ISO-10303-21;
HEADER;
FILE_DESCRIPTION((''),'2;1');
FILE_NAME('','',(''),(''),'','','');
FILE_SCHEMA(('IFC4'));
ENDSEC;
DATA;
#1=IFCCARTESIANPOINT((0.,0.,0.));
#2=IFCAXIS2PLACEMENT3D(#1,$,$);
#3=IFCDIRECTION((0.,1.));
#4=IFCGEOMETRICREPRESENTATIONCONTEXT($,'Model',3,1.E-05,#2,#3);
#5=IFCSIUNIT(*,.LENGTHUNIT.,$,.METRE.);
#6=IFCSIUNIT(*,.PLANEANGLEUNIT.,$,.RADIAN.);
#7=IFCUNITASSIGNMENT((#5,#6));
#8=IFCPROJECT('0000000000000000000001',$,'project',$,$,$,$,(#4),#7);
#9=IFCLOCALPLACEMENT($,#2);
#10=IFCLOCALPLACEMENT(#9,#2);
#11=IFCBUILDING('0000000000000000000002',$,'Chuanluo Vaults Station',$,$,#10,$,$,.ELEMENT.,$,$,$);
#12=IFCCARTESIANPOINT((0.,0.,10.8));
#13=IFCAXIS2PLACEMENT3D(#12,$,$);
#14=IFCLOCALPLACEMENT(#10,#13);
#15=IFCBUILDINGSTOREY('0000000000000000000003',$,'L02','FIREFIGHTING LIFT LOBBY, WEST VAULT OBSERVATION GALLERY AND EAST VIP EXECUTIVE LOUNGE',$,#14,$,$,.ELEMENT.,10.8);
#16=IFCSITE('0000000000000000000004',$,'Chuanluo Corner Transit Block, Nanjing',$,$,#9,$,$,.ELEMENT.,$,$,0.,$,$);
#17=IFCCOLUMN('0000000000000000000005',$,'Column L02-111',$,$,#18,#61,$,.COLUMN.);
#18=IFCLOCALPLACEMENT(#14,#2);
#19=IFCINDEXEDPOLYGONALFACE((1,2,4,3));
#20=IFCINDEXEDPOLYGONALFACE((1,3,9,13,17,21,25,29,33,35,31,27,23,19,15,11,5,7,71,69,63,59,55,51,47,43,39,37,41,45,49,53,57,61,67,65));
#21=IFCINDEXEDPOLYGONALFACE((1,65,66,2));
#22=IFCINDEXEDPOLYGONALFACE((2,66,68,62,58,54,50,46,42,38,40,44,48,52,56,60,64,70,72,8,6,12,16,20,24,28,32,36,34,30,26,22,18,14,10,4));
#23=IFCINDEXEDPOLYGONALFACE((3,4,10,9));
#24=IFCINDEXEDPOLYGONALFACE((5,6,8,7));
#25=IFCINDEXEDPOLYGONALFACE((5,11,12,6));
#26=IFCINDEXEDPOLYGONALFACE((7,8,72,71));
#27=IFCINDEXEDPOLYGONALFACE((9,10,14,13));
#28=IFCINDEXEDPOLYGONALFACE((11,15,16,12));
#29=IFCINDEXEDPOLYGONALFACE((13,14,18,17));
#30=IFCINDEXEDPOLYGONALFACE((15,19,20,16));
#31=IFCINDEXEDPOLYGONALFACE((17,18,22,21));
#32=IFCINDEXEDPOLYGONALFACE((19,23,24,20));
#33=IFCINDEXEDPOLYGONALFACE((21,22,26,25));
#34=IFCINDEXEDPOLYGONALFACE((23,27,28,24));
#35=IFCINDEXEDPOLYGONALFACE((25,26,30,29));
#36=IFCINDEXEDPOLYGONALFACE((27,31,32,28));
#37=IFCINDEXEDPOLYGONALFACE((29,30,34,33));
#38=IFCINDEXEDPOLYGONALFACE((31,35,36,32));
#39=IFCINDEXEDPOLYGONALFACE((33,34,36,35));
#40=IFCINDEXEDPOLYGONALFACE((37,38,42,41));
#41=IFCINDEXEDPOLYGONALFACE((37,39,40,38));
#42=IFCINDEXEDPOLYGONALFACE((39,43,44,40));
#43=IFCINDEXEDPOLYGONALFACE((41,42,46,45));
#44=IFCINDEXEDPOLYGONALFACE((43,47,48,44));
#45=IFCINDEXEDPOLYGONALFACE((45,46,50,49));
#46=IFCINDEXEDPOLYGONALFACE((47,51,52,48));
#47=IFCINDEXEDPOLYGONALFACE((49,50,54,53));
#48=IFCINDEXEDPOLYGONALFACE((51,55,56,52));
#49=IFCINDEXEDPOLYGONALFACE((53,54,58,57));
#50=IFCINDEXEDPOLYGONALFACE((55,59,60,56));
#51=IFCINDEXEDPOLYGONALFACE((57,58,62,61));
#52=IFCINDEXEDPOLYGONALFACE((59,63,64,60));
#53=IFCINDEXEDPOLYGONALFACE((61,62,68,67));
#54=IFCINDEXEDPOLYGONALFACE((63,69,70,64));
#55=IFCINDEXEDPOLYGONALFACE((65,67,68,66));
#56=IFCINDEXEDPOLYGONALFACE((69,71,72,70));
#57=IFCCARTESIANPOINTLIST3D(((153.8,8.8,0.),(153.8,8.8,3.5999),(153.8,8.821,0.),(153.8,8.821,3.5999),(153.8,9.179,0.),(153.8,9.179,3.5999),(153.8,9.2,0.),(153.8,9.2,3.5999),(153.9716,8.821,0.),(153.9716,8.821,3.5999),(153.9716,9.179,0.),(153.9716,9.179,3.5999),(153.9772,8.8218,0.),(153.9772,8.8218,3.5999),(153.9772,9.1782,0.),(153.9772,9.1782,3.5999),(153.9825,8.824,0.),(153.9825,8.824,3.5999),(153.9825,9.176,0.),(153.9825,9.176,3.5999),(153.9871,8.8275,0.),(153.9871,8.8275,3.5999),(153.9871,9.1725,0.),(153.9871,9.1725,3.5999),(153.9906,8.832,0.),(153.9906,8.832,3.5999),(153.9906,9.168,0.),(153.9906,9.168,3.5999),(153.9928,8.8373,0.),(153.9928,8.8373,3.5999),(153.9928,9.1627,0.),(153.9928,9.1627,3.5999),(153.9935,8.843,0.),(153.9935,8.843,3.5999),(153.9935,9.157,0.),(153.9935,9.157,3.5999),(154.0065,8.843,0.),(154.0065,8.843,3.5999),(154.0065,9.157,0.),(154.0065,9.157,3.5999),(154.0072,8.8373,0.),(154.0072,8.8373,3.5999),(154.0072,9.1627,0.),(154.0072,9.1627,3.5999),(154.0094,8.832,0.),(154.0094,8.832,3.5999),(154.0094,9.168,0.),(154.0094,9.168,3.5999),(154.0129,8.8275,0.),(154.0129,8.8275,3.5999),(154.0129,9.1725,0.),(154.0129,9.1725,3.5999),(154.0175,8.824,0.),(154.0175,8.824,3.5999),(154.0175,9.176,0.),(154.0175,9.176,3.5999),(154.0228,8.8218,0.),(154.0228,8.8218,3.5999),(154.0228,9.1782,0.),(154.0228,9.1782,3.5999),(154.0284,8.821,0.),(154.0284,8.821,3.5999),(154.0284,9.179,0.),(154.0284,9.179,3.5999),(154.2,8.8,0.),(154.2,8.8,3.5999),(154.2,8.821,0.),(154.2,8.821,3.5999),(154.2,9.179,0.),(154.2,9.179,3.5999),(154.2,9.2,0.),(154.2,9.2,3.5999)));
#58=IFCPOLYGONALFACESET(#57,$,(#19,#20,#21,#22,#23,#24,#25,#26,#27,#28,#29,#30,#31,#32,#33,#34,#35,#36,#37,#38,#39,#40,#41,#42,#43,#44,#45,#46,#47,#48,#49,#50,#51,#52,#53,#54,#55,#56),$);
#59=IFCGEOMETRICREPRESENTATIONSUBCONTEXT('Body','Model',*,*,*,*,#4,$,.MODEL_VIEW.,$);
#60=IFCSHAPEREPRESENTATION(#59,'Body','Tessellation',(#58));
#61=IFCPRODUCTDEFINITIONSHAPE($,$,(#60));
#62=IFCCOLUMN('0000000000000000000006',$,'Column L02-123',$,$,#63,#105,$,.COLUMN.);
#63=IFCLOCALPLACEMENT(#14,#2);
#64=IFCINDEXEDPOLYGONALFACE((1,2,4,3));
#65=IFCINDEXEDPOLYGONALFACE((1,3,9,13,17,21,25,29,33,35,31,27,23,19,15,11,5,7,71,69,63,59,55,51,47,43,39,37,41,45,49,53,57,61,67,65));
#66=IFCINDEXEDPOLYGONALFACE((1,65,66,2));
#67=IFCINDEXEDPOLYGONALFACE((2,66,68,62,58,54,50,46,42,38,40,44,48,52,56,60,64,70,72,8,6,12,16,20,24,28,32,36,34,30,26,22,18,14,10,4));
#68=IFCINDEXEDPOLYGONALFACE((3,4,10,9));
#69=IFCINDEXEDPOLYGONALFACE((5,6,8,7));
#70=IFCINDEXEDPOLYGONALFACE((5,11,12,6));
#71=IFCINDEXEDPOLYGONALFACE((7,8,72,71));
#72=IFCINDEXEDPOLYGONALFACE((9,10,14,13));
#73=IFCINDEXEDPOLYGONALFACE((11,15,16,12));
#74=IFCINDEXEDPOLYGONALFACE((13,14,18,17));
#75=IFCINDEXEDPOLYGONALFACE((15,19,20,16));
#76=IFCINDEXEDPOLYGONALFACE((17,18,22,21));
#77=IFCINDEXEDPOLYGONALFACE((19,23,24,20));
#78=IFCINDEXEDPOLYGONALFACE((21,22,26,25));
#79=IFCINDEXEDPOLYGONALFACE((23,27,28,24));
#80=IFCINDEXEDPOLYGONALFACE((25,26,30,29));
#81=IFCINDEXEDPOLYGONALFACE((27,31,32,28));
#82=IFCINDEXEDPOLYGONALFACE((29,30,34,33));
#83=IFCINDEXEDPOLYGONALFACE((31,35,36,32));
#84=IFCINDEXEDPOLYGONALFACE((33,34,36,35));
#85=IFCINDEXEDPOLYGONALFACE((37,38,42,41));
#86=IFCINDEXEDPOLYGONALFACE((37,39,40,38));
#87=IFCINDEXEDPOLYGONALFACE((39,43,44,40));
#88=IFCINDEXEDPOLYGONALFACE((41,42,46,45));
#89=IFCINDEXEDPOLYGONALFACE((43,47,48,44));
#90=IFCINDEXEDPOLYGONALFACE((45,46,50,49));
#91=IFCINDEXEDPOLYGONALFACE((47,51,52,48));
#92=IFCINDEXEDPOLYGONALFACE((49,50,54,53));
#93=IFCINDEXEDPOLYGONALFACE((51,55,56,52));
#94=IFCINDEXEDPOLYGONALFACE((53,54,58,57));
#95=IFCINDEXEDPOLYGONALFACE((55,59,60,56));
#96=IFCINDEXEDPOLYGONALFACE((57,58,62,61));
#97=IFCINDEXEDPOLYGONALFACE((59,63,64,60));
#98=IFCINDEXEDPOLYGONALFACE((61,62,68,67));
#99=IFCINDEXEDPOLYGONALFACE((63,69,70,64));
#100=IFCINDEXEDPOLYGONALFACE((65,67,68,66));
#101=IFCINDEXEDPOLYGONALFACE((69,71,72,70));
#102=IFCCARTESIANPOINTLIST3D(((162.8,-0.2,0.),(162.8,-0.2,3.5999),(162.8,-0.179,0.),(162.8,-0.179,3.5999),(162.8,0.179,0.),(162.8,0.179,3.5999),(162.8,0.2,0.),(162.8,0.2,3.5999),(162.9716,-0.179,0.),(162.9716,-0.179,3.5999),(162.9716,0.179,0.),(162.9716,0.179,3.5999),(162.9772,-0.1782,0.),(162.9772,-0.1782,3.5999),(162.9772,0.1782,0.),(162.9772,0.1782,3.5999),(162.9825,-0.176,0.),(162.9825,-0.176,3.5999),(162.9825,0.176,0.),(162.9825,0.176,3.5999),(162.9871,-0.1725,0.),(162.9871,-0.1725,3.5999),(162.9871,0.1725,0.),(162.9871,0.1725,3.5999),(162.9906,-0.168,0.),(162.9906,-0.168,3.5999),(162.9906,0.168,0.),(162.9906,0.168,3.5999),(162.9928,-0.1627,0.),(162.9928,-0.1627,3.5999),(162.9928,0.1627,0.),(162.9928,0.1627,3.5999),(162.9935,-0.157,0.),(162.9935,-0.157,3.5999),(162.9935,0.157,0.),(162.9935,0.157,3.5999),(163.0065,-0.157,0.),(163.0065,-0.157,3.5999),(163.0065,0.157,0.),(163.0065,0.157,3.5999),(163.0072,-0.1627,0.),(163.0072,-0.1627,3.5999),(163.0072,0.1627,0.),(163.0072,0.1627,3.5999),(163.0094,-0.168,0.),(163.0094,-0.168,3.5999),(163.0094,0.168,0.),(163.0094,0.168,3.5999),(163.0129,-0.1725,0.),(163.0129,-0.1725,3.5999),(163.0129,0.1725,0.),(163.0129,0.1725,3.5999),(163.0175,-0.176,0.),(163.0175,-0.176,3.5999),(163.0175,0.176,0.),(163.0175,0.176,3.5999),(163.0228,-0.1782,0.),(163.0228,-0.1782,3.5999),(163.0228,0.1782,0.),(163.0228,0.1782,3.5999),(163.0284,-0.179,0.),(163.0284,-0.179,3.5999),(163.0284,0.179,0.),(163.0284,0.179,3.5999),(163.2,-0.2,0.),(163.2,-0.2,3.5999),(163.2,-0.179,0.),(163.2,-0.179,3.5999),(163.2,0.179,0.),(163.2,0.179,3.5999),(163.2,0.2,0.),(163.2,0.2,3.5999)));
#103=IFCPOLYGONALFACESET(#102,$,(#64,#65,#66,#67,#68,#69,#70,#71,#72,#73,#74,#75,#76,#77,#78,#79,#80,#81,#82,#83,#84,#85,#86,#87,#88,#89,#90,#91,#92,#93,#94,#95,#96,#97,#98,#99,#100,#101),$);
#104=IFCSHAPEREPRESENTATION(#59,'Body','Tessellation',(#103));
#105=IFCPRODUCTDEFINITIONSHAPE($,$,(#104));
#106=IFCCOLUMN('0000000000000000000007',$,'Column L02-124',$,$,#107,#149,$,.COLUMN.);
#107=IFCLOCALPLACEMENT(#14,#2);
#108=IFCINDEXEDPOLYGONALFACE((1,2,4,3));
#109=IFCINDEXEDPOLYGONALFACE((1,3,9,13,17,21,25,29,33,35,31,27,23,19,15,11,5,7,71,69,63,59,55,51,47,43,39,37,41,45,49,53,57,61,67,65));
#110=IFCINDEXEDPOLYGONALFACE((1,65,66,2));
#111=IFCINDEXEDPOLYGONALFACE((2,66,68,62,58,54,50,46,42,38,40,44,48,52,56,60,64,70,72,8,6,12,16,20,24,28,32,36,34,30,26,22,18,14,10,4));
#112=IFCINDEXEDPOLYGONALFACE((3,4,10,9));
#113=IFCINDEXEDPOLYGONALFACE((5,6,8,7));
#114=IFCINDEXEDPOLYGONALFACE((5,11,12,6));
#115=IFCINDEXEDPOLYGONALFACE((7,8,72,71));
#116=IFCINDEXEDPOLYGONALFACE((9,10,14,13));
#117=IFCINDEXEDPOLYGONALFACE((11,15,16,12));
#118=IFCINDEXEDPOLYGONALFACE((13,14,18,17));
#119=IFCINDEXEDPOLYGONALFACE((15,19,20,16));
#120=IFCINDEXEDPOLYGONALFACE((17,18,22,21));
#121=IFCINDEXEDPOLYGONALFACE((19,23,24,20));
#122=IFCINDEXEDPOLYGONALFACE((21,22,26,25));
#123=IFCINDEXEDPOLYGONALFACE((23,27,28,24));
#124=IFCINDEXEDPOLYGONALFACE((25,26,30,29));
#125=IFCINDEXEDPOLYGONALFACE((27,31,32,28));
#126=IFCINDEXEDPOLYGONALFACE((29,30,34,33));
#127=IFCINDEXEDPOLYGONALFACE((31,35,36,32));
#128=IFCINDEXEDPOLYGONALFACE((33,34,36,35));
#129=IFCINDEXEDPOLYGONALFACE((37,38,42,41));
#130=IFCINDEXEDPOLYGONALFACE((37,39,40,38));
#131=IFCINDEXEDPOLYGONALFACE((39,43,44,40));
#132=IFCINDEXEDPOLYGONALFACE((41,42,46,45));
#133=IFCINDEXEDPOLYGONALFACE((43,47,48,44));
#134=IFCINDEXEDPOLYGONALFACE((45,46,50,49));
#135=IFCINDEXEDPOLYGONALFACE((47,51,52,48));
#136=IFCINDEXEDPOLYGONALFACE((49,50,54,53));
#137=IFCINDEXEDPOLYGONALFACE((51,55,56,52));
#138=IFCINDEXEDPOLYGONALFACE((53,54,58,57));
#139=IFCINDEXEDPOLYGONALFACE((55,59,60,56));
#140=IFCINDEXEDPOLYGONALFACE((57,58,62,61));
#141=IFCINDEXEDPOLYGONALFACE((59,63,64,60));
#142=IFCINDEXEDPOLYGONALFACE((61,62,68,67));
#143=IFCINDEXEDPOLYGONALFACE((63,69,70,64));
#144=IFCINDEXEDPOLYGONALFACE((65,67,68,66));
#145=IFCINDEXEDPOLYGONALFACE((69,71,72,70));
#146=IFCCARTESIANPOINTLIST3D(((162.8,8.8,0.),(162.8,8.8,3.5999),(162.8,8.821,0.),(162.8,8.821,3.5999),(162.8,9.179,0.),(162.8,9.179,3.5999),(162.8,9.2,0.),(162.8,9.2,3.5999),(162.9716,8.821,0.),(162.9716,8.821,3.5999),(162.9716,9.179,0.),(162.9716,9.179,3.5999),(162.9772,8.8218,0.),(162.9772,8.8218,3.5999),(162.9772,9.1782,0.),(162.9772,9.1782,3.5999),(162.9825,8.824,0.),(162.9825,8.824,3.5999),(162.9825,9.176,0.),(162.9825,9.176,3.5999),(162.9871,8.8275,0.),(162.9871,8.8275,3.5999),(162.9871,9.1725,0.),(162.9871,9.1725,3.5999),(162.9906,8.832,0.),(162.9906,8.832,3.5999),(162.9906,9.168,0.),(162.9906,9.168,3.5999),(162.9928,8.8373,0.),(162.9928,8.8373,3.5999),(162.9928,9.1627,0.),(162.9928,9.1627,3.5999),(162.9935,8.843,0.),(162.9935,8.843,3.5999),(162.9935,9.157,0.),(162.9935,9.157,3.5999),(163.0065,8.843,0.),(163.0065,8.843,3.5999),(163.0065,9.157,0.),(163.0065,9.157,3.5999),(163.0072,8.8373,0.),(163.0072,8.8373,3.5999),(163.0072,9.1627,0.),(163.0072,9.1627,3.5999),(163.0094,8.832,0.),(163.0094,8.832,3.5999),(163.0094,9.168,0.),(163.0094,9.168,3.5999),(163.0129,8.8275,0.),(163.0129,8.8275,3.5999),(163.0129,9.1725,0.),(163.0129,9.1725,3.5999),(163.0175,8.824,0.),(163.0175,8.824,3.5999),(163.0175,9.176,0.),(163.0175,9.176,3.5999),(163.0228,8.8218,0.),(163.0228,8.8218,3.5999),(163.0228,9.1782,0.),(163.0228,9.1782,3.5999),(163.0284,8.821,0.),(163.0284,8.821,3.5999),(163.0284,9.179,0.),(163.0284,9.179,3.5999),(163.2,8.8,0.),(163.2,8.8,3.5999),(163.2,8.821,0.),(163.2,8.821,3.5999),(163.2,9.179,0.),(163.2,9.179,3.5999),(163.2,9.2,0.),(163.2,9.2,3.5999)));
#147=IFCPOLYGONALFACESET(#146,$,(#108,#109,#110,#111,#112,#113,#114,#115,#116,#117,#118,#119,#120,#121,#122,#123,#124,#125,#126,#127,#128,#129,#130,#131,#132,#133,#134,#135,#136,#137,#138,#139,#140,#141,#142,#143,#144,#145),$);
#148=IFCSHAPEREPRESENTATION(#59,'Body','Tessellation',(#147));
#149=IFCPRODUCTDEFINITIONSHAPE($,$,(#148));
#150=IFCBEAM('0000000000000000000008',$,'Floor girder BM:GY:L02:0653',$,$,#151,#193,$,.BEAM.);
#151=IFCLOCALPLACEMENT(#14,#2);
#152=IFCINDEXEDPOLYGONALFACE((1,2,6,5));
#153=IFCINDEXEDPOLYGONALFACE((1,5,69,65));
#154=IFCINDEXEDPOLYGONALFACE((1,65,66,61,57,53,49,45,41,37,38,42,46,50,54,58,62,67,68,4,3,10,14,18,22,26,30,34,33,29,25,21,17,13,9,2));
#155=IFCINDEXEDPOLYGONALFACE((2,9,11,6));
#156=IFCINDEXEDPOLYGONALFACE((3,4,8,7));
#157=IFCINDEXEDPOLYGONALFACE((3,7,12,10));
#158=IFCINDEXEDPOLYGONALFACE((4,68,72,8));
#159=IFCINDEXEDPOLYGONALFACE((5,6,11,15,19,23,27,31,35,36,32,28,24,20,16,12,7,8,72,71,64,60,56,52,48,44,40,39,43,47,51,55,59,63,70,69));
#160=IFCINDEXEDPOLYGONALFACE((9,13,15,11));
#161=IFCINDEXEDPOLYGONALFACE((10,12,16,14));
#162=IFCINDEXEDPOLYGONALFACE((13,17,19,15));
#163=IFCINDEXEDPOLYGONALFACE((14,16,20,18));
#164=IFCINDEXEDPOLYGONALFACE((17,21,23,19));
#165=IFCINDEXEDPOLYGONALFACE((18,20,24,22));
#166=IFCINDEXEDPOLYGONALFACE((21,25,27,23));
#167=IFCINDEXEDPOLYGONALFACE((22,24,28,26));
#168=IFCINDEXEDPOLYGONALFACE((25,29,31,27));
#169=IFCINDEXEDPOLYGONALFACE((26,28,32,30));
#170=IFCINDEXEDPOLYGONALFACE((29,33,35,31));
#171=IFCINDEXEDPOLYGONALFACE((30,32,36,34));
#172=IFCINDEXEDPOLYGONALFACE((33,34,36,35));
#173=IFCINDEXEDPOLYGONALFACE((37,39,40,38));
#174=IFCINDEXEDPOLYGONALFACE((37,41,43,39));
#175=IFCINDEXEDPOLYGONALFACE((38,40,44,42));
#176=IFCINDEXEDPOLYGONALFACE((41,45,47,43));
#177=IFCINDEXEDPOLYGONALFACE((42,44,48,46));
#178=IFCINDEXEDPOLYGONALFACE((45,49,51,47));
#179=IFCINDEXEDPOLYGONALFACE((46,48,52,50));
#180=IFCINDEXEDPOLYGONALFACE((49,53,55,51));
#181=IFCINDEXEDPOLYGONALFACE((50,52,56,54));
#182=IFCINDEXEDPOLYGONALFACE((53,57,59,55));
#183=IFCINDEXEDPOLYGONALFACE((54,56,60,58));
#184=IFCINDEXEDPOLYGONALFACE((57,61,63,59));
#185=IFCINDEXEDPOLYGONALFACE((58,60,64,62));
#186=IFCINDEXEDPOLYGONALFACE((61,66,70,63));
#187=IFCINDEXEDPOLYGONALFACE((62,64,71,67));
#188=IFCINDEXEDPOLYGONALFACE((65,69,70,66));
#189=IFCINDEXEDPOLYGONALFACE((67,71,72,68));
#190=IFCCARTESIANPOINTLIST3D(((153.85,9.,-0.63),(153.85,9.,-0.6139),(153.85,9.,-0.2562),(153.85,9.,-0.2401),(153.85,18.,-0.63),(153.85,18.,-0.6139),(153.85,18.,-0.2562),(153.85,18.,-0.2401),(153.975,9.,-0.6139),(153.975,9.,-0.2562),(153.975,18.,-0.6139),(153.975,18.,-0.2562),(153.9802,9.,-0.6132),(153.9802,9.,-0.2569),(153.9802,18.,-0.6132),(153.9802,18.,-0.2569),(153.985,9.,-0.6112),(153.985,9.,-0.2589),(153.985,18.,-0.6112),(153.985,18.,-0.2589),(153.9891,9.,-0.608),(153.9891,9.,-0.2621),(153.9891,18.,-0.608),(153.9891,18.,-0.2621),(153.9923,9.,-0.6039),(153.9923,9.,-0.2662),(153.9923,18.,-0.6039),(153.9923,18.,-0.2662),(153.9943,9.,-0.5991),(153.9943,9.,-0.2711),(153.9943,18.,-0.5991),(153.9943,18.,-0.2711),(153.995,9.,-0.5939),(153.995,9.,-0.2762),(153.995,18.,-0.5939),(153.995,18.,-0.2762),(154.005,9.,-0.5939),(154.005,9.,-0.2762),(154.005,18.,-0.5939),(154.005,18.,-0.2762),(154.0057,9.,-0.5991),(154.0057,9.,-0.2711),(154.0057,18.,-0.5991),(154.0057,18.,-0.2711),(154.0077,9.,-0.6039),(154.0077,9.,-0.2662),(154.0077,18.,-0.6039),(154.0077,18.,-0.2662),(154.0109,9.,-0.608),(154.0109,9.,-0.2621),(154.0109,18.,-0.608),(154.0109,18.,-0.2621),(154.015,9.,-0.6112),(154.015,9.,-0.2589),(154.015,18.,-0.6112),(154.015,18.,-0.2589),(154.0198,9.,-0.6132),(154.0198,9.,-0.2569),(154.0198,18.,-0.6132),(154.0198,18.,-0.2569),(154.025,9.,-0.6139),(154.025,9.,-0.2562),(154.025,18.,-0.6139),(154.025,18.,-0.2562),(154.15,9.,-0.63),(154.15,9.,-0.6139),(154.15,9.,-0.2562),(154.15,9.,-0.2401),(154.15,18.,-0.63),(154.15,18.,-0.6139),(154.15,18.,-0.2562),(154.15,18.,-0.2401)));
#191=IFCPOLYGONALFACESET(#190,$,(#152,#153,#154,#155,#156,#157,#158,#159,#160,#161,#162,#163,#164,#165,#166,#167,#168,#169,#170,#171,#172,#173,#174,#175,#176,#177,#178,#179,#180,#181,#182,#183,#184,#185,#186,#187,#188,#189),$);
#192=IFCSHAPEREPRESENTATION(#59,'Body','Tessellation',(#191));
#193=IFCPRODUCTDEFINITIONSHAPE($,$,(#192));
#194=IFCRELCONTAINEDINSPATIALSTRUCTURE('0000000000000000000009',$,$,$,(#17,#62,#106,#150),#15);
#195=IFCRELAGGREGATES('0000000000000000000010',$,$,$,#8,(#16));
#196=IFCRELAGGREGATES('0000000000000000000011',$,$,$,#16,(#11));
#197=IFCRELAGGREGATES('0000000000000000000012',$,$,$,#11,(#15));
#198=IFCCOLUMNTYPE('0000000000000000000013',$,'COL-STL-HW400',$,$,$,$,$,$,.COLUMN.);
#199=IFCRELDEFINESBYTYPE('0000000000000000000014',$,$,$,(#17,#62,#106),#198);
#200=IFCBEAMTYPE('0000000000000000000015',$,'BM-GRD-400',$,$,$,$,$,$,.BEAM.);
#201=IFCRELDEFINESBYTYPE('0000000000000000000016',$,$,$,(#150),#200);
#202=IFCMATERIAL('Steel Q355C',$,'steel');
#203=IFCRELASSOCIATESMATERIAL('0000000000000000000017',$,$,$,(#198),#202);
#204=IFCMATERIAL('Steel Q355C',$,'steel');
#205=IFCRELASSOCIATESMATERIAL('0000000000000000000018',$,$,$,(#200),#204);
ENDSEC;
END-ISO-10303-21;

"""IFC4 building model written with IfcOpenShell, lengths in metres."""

from ifc_helpers import new_model, si_unit, direction, frame, origin, origin_2d, place, context, subcontext, project, spatial, i_section, extrude, material, material_profile, profile_set, type_object, element, save


model = new_model("IFC4")

# Units and contexts
model_context = context("Model", 3, precision=1e-05, world=origin(), true_north=direction((0.0, 1.0)))
body_context = subcontext(model_context, "Body", "Model", "MODEL_VIEW")
ifc_project = project(units=[si_unit("LENGTHUNIT", "METRE"), si_unit("PLANEANGLEUNIT", "RADIAN")], contexts=[model_context])

# Site, building, storey
site_placement = place(None, origin())
site = spatial("IfcSite", under=ifc_project, at=site_placement, Name="Chuanluo Corner Transit Block, Nanjing", CompositionType="ELEMENT", RefElevation=0.0)
building_placement = place(site_placement, origin())
building = spatial("IfcBuilding", under=site, at=building_placement, Name="Chuanluo Vaults Station", CompositionType="ELEMENT")
storey_placement = place(building_placement, frame((0.0, 0.0, 10.8)))
storey = spatial("IfcBuildingStorey", under=building, at=storey_placement, Name="L02", Description="FIREFIGHTING LIFT LOBBY, WEST VAULT OBSERVATION GALLERY AND EAST VIP EXECUTIVE LOUNGE", CompositionType="ELEMENT", Elevation=10.8)

# Columns
ifc_material_1 = material(Name="Steel Q355C", Category="steel")
ifc_material_profile_1 = material_profile(ifc_material_1, i_section(OverallWidth=0.3999, OverallDepth=0.3999, WebThickness=0.0129, FlangeThickness=0.021, FilletRadius=0.022, at=origin_2d()))
ifc_profile_set_1 = profile_set([ifc_material_profile_1], Name="Steel Q355C")
column_type = type_object("IfcColumnType", Name="COL-STL-HW400", PredefinedType="COLUMN", material=ifc_profile_set_1)
for number, where, z_axis, x_axis, name in (
    (1, (154.0, 9.0, 0.0), (0.0, 0.0, 1.0), (1.0, 0.0, 0.0), "Column L02-111"),
    (2, (163.0, 0.0, 0.0), (0.0, 0.0, 1.0), (1.0, 0.0, 0.0), "Column L02-123"),
    (3, (163.0, 9.0, 0.0), (0.0, 0.0, 1.0), (1.0, 0.0, 0.0), "Column L02-124"),
):
    element("IfcColumn", number, at=place(storey_placement, frame(where, z_axis=z_axis, x_axis=x_axis)), inside=storey, type_object=column_type, Name=name, PredefinedType="COLUMN", context=body_context, shape_type="SweptSolid", body=[
        extrude(i_section(OverallWidth=0.3999, OverallDepth=0.3999, WebThickness=0.0129, FlangeThickness=0.021, FilletRadius=0.022, at=origin_2d()), origin(), (0.0, 0.0, 1.0), 3.5999),
    ])

# Beam
ifc_material_2 = material(Name="Steel Q355C", Category="steel")
ifc_material_profile_2 = material_profile(ifc_material_2, i_section(OverallWidth=0.3, OverallDepth=0.3899, WebThickness=0.01, FlangeThickness=0.0161, FilletRadius=0.02, at=origin_2d()))
ifc_profile_set_2 = profile_set([ifc_material_profile_2], Name="Steel Q355C")
beam_type_1 = type_object("IfcBeamType", Name="BM-GRD-400", PredefinedType="BEAM", material=ifc_profile_set_2)
for number, where, z_axis, x_axis, name in (
    (4, (154.0, 9.0, -0.4351), (0.0, 1.0, 0.0), (-1.0, 0.0, 0.0), "Floor girder BM:GY:L02:0653"),
):
    element("IfcBeam", number, at=place(storey_placement, frame(where, z_axis=z_axis, x_axis=x_axis)), inside=storey, type_object=beam_type_1, Name=name, PredefinedType="BEAM", context=body_context, shape_type="SweptSolid", body=[
        extrude(i_section(OverallWidth=0.3, OverallDepth=0.3899, WebThickness=0.01, FlangeThickness=0.0161, FilletRadius=0.02, at=origin_2d()), origin(), (0.0, 0.0, 1.0), 9.0),
    ])

save(model, "model.ifc")
